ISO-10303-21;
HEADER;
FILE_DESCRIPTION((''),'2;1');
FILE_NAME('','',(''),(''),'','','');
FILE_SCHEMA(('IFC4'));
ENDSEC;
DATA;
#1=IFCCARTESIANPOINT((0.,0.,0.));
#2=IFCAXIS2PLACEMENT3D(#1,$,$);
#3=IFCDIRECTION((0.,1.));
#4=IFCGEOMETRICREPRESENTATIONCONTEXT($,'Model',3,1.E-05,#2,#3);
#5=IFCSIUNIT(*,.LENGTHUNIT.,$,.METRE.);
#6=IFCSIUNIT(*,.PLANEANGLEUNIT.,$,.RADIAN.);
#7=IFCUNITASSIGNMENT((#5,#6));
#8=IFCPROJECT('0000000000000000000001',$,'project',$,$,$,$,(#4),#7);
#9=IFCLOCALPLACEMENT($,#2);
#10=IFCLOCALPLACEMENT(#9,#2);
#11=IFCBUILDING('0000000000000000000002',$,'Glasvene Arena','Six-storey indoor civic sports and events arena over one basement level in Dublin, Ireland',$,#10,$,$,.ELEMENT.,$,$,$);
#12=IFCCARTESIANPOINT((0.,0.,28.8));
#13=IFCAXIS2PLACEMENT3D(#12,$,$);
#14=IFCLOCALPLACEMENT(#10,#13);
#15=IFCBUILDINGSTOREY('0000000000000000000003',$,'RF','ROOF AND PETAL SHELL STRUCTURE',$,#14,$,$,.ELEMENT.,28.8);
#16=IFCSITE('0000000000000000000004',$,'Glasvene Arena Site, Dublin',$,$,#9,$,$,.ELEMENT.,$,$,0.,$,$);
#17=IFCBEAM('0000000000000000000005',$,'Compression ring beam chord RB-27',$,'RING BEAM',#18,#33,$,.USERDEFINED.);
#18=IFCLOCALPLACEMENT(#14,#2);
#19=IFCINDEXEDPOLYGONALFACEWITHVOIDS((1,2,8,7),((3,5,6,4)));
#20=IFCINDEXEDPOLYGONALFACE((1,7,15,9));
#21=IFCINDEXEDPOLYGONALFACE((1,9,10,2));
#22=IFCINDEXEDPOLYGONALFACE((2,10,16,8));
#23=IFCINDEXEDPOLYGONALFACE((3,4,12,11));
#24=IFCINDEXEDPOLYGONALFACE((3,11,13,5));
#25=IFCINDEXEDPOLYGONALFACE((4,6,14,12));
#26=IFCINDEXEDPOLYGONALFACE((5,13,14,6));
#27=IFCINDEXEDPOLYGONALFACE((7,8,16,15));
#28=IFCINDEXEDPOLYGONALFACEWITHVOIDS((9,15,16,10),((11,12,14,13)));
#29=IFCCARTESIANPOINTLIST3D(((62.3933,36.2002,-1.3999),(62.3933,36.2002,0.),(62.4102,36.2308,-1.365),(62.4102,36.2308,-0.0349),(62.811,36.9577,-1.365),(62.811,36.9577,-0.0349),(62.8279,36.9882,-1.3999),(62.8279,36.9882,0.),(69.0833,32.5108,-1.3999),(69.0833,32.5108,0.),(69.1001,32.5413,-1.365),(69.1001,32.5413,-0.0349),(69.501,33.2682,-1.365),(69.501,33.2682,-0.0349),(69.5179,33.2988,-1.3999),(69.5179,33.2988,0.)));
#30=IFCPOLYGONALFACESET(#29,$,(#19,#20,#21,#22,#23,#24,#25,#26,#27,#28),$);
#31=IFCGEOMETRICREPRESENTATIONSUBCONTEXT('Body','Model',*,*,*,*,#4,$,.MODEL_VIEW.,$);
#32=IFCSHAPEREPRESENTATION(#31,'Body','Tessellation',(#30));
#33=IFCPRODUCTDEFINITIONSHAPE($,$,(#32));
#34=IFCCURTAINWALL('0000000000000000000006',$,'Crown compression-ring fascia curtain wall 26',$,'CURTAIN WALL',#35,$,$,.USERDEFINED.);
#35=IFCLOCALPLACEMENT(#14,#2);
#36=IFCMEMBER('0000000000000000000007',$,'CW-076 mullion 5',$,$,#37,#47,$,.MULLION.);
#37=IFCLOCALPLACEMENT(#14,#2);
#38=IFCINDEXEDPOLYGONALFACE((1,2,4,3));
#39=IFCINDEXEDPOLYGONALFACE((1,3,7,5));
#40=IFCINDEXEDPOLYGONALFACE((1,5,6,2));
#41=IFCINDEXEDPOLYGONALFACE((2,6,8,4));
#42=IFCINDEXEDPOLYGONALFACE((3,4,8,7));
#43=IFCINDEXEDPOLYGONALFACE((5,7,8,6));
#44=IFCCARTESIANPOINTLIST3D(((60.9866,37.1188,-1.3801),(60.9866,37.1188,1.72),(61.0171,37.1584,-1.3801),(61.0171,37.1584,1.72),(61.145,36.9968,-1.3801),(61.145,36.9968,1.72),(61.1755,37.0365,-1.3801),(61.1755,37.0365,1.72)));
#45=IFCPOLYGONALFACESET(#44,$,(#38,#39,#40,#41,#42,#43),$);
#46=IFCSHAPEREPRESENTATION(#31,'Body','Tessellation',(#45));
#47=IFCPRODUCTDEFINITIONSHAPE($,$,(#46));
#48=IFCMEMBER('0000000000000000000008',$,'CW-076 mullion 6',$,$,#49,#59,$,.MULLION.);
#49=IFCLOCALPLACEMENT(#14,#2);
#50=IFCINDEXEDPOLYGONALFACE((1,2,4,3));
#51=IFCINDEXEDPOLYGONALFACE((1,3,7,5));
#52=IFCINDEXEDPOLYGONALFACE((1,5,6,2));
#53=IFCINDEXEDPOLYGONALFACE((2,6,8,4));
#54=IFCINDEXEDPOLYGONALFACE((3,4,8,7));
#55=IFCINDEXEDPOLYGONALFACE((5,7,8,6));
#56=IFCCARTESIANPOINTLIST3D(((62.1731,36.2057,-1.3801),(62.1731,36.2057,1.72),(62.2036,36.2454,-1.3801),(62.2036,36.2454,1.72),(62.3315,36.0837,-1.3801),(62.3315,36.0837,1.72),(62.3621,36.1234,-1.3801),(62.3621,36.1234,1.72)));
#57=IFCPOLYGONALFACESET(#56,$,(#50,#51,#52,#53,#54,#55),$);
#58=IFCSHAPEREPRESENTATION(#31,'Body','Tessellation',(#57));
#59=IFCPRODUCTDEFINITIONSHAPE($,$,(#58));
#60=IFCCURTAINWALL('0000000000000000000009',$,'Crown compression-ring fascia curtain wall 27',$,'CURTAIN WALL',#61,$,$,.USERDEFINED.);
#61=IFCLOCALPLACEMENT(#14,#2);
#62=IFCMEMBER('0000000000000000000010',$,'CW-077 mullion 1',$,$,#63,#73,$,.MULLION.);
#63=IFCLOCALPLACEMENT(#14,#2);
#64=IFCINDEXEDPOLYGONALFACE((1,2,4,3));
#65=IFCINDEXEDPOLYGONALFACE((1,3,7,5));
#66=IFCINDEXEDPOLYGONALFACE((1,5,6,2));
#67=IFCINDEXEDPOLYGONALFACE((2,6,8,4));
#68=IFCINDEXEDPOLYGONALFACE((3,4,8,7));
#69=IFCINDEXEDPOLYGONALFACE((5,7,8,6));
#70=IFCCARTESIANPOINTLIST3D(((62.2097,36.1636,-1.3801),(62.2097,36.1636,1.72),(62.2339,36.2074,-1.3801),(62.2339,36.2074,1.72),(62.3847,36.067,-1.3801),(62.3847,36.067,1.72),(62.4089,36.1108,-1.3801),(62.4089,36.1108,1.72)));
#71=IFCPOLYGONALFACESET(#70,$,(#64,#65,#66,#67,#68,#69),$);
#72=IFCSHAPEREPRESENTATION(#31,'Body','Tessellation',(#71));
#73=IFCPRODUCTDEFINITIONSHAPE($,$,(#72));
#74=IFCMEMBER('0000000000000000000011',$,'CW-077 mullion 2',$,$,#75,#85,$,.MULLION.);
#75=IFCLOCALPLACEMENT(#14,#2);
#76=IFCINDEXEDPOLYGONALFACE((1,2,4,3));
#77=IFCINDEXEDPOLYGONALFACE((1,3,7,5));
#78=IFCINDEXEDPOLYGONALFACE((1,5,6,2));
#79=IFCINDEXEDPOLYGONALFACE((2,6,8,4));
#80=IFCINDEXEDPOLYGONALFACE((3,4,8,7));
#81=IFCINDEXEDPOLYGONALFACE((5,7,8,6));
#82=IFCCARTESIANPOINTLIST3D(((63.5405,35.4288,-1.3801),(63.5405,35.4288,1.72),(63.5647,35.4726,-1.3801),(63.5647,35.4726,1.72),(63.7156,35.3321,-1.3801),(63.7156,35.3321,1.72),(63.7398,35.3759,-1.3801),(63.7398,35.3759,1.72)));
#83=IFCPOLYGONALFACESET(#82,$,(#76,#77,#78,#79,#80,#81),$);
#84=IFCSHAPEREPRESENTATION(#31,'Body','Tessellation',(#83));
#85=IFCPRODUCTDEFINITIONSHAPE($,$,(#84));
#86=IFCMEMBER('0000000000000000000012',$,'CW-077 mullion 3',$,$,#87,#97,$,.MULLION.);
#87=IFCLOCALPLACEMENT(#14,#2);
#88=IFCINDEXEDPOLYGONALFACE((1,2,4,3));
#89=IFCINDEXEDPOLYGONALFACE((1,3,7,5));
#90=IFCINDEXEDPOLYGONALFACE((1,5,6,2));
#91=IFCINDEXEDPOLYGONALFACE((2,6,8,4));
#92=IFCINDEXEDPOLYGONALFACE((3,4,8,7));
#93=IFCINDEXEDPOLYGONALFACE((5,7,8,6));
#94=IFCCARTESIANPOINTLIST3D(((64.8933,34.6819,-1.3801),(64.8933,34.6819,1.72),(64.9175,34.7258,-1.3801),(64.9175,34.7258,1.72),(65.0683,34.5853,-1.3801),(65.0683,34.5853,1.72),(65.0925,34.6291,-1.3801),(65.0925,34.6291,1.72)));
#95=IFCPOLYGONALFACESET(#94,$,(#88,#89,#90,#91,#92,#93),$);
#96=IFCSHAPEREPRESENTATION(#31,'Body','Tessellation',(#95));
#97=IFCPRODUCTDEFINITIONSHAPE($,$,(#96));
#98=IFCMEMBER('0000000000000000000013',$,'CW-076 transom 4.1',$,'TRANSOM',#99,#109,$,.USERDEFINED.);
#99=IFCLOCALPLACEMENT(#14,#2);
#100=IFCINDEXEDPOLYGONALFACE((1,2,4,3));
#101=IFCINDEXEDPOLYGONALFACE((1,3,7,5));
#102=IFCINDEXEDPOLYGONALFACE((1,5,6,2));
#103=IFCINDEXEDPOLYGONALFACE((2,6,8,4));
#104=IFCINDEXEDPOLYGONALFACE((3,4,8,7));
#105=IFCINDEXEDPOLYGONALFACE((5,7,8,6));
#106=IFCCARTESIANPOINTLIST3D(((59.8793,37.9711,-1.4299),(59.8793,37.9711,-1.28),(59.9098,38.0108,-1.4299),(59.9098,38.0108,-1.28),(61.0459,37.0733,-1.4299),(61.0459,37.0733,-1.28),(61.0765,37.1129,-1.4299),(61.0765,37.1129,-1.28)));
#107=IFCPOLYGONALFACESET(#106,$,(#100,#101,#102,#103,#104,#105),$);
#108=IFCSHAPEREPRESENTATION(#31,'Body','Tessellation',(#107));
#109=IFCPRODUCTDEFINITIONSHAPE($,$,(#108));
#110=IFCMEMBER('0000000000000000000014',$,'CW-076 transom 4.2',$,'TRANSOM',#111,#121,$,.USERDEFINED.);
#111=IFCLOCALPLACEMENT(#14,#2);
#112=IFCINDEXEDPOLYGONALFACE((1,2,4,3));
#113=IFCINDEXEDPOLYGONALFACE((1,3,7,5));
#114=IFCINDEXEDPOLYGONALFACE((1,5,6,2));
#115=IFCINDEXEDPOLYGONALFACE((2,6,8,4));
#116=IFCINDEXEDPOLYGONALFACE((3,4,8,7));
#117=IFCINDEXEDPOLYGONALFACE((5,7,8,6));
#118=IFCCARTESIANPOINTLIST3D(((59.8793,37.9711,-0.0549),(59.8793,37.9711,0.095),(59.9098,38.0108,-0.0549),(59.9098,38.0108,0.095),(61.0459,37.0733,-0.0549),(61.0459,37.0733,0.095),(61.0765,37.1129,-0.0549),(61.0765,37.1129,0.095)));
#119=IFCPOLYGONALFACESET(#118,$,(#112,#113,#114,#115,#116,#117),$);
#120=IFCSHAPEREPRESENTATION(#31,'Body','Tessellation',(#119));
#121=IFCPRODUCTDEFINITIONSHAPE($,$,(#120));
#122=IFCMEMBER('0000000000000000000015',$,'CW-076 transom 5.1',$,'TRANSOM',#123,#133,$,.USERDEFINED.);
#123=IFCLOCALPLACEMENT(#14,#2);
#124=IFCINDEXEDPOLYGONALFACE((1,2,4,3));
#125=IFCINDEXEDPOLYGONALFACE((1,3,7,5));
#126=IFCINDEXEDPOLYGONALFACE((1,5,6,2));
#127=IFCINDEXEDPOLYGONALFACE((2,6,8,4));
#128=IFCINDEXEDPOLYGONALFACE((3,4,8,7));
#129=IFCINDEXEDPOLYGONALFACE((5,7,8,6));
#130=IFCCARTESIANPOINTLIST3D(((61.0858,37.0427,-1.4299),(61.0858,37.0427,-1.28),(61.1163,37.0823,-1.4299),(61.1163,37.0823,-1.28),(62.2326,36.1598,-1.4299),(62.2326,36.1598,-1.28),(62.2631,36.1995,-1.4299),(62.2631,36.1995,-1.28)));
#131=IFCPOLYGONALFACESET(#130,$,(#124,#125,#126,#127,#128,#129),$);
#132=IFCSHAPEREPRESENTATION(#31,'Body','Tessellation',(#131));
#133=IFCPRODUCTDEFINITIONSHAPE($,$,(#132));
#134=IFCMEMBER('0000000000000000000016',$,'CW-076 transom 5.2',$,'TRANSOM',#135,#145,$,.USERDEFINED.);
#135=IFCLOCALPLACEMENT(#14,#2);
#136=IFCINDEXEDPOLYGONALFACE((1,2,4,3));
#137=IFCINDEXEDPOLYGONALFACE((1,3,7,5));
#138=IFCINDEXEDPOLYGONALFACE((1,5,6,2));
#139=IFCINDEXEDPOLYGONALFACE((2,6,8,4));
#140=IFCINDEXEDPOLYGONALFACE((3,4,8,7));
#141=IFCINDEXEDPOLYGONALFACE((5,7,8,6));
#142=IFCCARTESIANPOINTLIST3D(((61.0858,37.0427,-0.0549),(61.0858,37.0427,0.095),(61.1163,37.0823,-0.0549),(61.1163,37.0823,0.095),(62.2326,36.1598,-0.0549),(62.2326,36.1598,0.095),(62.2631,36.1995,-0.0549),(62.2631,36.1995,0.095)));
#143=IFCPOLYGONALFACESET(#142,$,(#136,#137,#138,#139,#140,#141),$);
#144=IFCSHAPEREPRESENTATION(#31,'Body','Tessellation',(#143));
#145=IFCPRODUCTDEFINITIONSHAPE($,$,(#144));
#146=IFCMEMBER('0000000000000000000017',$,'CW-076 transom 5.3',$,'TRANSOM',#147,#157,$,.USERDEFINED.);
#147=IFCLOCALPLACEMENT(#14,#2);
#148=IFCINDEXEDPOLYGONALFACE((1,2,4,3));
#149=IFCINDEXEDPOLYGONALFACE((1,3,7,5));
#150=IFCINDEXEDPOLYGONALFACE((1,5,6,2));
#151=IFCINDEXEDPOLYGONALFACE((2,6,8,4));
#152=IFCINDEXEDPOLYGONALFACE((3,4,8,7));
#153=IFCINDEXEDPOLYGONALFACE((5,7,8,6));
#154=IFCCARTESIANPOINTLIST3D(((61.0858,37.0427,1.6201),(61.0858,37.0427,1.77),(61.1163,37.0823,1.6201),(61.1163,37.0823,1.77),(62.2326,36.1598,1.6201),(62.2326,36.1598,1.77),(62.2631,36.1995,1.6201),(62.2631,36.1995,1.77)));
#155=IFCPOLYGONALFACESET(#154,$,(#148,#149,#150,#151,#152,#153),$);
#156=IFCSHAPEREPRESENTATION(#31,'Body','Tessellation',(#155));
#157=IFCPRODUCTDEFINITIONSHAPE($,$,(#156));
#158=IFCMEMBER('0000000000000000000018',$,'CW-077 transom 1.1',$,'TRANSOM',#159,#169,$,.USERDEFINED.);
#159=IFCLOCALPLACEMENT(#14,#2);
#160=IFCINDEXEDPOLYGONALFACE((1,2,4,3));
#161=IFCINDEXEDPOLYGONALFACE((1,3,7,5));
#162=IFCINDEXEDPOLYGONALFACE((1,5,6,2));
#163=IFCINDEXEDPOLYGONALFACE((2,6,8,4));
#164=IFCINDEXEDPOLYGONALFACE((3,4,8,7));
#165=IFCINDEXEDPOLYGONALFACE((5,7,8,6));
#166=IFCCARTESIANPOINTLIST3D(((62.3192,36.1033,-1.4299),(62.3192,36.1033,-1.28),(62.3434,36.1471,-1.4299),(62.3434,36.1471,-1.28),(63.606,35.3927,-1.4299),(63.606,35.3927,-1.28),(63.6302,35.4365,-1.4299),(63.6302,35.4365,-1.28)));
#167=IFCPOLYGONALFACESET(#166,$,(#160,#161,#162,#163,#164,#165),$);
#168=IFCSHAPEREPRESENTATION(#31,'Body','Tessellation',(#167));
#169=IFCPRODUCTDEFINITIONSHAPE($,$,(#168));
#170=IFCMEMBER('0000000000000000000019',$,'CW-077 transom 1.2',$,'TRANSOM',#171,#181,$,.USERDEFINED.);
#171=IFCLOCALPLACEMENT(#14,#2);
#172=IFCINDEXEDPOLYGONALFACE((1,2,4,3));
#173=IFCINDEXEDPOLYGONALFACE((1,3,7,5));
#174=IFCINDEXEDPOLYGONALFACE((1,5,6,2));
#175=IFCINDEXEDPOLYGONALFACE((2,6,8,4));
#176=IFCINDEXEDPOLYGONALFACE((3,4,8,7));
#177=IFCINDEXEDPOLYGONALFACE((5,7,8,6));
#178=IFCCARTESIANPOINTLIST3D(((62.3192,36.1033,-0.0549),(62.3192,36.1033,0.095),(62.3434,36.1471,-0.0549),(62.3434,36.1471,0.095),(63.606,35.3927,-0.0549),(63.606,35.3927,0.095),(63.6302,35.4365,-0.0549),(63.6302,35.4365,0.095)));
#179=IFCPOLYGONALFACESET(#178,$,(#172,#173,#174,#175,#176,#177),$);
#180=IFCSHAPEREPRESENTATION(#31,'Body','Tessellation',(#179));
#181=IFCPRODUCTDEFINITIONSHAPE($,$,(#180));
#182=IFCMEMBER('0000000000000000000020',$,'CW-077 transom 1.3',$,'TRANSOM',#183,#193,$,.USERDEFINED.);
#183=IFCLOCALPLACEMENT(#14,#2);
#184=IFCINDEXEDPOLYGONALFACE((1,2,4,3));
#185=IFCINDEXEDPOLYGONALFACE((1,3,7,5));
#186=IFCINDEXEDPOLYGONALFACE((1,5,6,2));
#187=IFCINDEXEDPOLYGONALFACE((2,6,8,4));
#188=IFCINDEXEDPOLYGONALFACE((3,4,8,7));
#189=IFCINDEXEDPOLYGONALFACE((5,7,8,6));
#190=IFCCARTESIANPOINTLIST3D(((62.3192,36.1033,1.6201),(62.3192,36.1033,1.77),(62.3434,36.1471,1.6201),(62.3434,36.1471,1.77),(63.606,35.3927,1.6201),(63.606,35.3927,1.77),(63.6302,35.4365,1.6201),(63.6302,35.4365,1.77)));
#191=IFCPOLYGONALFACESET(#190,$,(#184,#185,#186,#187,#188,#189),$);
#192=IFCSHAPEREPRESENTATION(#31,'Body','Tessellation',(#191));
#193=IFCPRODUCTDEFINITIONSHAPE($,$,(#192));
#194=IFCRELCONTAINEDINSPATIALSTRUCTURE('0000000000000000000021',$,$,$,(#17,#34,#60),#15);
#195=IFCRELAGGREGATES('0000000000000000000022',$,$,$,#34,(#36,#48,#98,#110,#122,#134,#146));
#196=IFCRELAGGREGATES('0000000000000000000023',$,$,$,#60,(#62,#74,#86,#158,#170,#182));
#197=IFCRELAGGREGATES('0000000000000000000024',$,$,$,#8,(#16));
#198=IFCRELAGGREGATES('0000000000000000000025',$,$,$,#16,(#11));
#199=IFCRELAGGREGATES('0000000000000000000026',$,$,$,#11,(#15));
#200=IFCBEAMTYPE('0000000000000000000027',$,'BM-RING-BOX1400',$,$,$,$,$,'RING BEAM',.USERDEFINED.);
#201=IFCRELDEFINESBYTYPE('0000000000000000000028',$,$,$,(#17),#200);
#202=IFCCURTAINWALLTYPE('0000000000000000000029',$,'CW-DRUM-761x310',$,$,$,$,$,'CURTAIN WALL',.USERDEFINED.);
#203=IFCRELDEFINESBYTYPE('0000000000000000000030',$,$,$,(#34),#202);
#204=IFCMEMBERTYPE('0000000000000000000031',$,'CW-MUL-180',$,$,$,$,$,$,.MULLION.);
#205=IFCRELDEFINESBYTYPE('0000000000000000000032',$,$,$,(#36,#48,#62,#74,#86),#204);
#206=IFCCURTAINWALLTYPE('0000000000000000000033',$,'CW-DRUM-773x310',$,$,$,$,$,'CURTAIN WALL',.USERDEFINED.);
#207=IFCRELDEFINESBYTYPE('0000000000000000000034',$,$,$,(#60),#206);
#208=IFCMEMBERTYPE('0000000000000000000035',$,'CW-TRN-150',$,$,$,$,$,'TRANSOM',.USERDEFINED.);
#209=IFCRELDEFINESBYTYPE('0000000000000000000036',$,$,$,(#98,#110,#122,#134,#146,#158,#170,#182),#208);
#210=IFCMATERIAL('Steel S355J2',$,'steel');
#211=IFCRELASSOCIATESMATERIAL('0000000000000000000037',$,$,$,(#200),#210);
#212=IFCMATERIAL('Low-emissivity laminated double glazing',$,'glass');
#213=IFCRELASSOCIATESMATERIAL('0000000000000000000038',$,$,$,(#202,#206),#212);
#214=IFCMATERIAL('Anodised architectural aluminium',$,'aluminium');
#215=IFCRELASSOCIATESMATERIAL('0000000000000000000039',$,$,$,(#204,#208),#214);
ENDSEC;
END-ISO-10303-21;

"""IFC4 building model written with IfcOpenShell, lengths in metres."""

from ifc_helpers import new_model, si_unit, direction, frame, origin, origin_2d, place, context, subcontext, project, spatial, rectangle, hollow_rectangle, extrude, material, material_profile, profile_set, type_object, element, aggregate, save


model = new_model("IFC4")

# Units and contexts
model_context = context("Model", 3, precision=1e-05, world=origin(), true_north=direction((0.0, 1.0)))
body_context = subcontext(model_context, "Body", "Model", "MODEL_VIEW")
ifc_project = project(units=[si_unit("LENGTHUNIT", "METRE"), si_unit("PLANEANGLEUNIT", "RADIAN")], contexts=[model_context])

# Site, building, storey
site_placement = place(None, origin())
site = spatial("IfcSite", under=ifc_project, at=site_placement, Name="Glasvene Arena Site, Dublin", CompositionType="ELEMENT", RefElevation=0.0)
building_placement = place(site_placement, origin())
building = spatial("IfcBuilding", under=site, at=building_placement, Name="Glasvene Arena", Description="Six-storey indoor civic sports and events arena over one basement level in Dublin, Ireland", CompositionType="ELEMENT")
storey_placement = place(building_placement, frame((0.0, 0.0, 28.8)))
storey = spatial("IfcBuildingStorey", under=building, at=storey_placement, Name="RF", Description="ROOF AND PETAL SHELL STRUCTURE", CompositionType="ELEMENT", Elevation=28.8)

# Beam
ifc_material_1 = material(Name="Steel S355J2", Category="steel")
ifc_material_profile_1 = material_profile(ifc_material_1, hollow_rectangle(XDim=0.8999, YDim=1.3999, WallThickness=0.0349, at=origin_2d()), Name="WBOX 900x1400x35")
ifc_profile_set_1 = profile_set([ifc_material_profile_1], Name="Steel S355J2")
beam_type = type_object("IfcBeamType", Name="BM-RING-BOX1400", ElementType="RING BEAM", PredefinedType="USERDEFINED", material=ifc_profile_set_1)
beam_placement = place(storey_placement, frame((62.6106, 36.5942, -0.7), z_axis=(0.875663, -0.482922, 0.0), x_axis=(0.482922, 0.875663, 0.0)))
element("IfcBeam", 1, at=beam_placement, inside=storey, type_object=beam_type, Name="Compression ring beam chord RB-27", ObjectType="RING BEAM", PredefinedType="USERDEFINED", context=body_context, shape_type="SweptSolid", body=[
    extrude(hollow_rectangle(XDim=0.8999, YDim=1.3999, WallThickness=0.0349, at=origin_2d()), origin(), (0.0, 0.0, 1.0), 7.6399),
])

# Curtain walls, members
ifc_material_2 = material(Name="Low-emissivity laminated double glazing", Category="glass")
curtain_wall_type_1 = type_object("IfcCurtainWallType", Name="CW-DRUM-761x310", ElementType="CURTAIN WALL", PredefinedType="USERDEFINED", material=ifc_material_2)
curtain_wall_1_placement = place(storey_placement, frame((56.2559, 40.7913, 0.0)))
curtain_wall_1 = element("IfcCurtainWall", 2, at=curtain_wall_1_placement, inside=storey, type_object=curtain_wall_type_1, Name="Crown compression-ring fascia curtain wall 26", ObjectType="CURTAIN WALL", PredefinedType="USERDEFINED")
ifc_material_3 = material(Name="Anodised architectural aluminium", Category="aluminium")
ifc_material_profile_2 = material_profile(ifc_material_3, rectangle(XDim=0.05, YDim=0.2, at=origin_2d()), Name="ALU MULLION 50x200")
ifc_profile_set_2 = profile_set([ifc_material_profile_2], Name="Anodised architectural aluminium")
member_type_1 = type_object("IfcMemberType", Name="CW-MUL-180", PredefinedType="MULLION", material=ifc_profile_set_2)
member_1_placement = place(storey_placement, frame((61.0811, 37.0776, -1.3801), z_axis=(0.0, 0.0, 1.0), x_axis=(0.609895, 0.792482, 0.0)))
member_1 = element("IfcMember", 3, at=member_1_placement, type_object=member_type_1, Name="CW-076 mullion 5", PredefinedType="MULLION", context=body_context, shape_type="SweptSolid", body=[
    extrude(rectangle(XDim=0.05, YDim=0.2, at=origin_2d()), origin(), (0.0, 0.0, 1.0), 3.1001),
])
member_2_placement = place(storey_placement, frame((62.2676, 36.1646, -1.3801), z_axis=(0.0, 0.0, 1.0), x_axis=(0.609895, 0.792482, 0.0)))
member_2 = element("IfcMember", 4, at=member_2_placement, type_object=member_type_1, Name="CW-076 mullion 6", PredefinedType="MULLION", context=body_context, shape_type="SweptSolid", body=[
    extrude(rectangle(XDim=0.05, YDim=0.2, at=origin_2d()), origin(), (0.0, 0.0, 1.0), 3.1001),
])
curtain_wall_type_2 = type_object("IfcCurtainWallType", Name="CW-DRUM-773x310", ElementType="CURTAIN WALL", PredefinedType="USERDEFINED", material=ifc_material_2)
curtain_wall_2_placement = place(storey_placement, frame((62.2876, 36.1494, 0.0)))
curtain_wall_2 = element("IfcCurtainWall", 5, at=curtain_wall_2_placement, inside=storey, type_object=curtain_wall_type_2, Name="Crown compression-ring fascia curtain wall 27", ObjectType="CURTAIN WALL", PredefinedType="USERDEFINED")
member_3_placement = place(storey_placement, frame((62.3093, 36.1372, -1.3801), z_axis=(0.0, 0.0, 1.0), x_axis=(0.483387, 0.875407, 0.0)))
member_3 = element("IfcMember", 6, at=member_3_placement, type_object=member_type_1, Name="CW-077 mullion 1", PredefinedType="MULLION", context=body_context, shape_type="SweptSolid", body=[
    extrude(rectangle(XDim=0.05, YDim=0.2, at=origin_2d()), origin(), (0.0, 0.0, 1.0), 3.1001),
])
member_4_placement = place(storey_placement, frame((63.6401, 35.4023, -1.3801), z_axis=(0.0, 0.0, 1.0), x_axis=(0.483387, 0.875407, 0.0)))
member_4 = element("IfcMember", 7, at=member_4_placement, type_object=member_type_1, Name="CW-077 mullion 2", PredefinedType="MULLION", context=body_context, shape_type="SweptSolid", body=[
    extrude(rectangle(XDim=0.05, YDim=0.2, at=origin_2d()), origin(), (0.0, 0.0, 1.0), 3.1001),
])
member_5_placement = place(storey_placement, frame((64.9929, 34.6555, -1.3801), z_axis=(0.0, 0.0, 1.0), x_axis=(0.483387, 0.875407, 0.0)))
member_5 = element("IfcMember", 8, at=member_5_placement, type_object=member_type_1, Name="CW-077 mullion 3", PredefinedType="MULLION", context=body_context, shape_type="SweptSolid", body=[
    extrude(rectangle(XDim=0.05, YDim=0.2, at=origin_2d()), origin(), (0.0, 0.0, 1.0), 3.1001),
])

# Members
ifc_material_profile_3 = material_profile(ifc_material_3, rectangle(XDim=0.05, YDim=0.1499, at=origin_2d()), Name="ALU TRANSOM 50x150")
ifc_profile_set_3 = profile_set([ifc_material_profile_3], Name="Anodised architectural aluminium")
member_type_2 = type_object("IfcMemberType", Name="CW-TRN-150", ElementType="TRANSOM", PredefinedType="USERDEFINED", material=ifc_profile_set_3)
member_6_placement = place(storey_placement, frame((59.8945, 37.991, -1.355), z_axis=(0.792476, -0.609903, 0.0), x_axis=(0.609903, 0.792476, 0.0)))
member_6 = element("IfcMember", 9, at=member_6_placement, type_object=member_type_2, Name="CW-076 transom 4.1", ObjectType="TRANSOM", PredefinedType="USERDEFINED", context=body_context, shape_type="SweptSolid", body=[
    extrude(rectangle(XDim=0.05, YDim=0.1499, at=origin_2d()), origin(), (0.0, 0.0, 1.0), 1.4722),
])
member_7_placement = place(storey_placement, frame((59.8945, 37.991, 0.02), z_axis=(0.792476, -0.609903, 0.0), x_axis=(0.609903, 0.792476, 0.0)))
member_7 = element("IfcMember", 10, at=member_7_placement, type_object=member_type_2, Name="CW-076 transom 4.2", ObjectType="TRANSOM", PredefinedType="USERDEFINED", context=body_context, shape_type="SweptSolid", body=[
    extrude(rectangle(XDim=0.05, YDim=0.1499, at=origin_2d()), origin(), (0.0, 0.0, 1.0), 1.4722),
])
member_8_placement = place(storey_placement, frame((61.1011, 37.0625, -1.355), z_axis=(0.792386, -0.610021, 0.0), x_axis=(0.610021, 0.792386, 0.0)))
member_8 = element("IfcMember", 11, at=member_8_placement, type_object=member_type_2, Name="CW-076 transom 5.1", ObjectType="TRANSOM", PredefinedType="USERDEFINED", context=body_context, shape_type="SweptSolid", body=[
    extrude(rectangle(XDim=0.05, YDim=0.1499, at=origin_2d()), origin(), (0.0, 0.0, 1.0), 1.4473),
])
member_9_placement = place(storey_placement, frame((61.1011, 37.0625, 0.02), z_axis=(0.792386, -0.610021, 0.0), x_axis=(0.610021, 0.792386, 0.0)))
member_9 = element("IfcMember", 12, at=member_9_placement, type_object=member_type_2, Name="CW-076 transom 5.2", ObjectType="TRANSOM", PredefinedType="USERDEFINED", context=body_context, shape_type="SweptSolid", body=[
    extrude(rectangle(XDim=0.05, YDim=0.1499, at=origin_2d()), origin(), (0.0, 0.0, 1.0), 1.4473),
])
member_10_placement = place(storey_placement, frame((61.1011, 37.0625, 1.6951), z_axis=(0.792386, -0.610021, 0.0), x_axis=(0.610021, 0.792386, 0.0)))
member_10 = element("IfcMember", 13, at=member_10_placement, type_object=member_type_2, Name="CW-076 transom 5.3", ObjectType="TRANSOM", PredefinedType="USERDEFINED", context=body_context, shape_type="SweptSolid", body=[
    extrude(rectangle(XDim=0.05, YDim=0.1499, at=origin_2d()), origin(), (0.0, 0.0, 1.0), 1.4473),
])
member_11_placement = place(storey_placement, frame((62.3313, 36.1252, -1.355), z_axis=(0.875377, -0.483442, 0.0), x_axis=(0.483442, 0.875377, 0.0)))
member_11 = element("IfcMember", 14, at=member_11_placement, type_object=member_type_2, Name="CW-077 transom 1.1", ObjectType="TRANSOM", PredefinedType="USERDEFINED", context=body_context, shape_type="SweptSolid", body=[
    extrude(rectangle(XDim=0.05, YDim=0.1499, at=origin_2d()), origin(), (0.0, 0.0, 1.0), 1.47),
])
member_12_placement = place(storey_placement, frame((62.3313, 36.1252, 0.02), z_axis=(0.875377, -0.483442, 0.0), x_axis=(0.483442, 0.875377, 0.0)))
member_12 = element("IfcMember", 15, at=member_12_placement, type_object=member_type_2, Name="CW-077 transom 1.2", ObjectType="TRANSOM", PredefinedType="USERDEFINED", context=body_context, shape_type="SweptSolid", body=[
    extrude(rectangle(XDim=0.05, YDim=0.1499, at=origin_2d()), origin(), (0.0, 0.0, 1.0), 1.47),
])
member_13_placement = place(storey_placement, frame((62.3313, 36.1252, 1.6951), z_axis=(0.875377, -0.483442, 0.0), x_axis=(0.483442, 0.875377, 0.0)))
member_13 = element("IfcMember", 16, at=member_13_placement, type_object=member_type_2, Name="CW-077 transom 1.3", ObjectType="TRANSOM", PredefinedType="USERDEFINED", context=body_context, shape_type="SweptSolid", body=[
    extrude(rectangle(XDim=0.05, YDim=0.1499, at=origin_2d()), origin(), (0.0, 0.0, 1.0), 1.47),
])

aggregate(curtain_wall_1, [member_1, member_2, member_6, member_7, member_8, member_9, member_10])
aggregate(curtain_wall_2, [member_3, member_4, member_5, member_11, member_12, member_13])

save(model, "model.ifc")
